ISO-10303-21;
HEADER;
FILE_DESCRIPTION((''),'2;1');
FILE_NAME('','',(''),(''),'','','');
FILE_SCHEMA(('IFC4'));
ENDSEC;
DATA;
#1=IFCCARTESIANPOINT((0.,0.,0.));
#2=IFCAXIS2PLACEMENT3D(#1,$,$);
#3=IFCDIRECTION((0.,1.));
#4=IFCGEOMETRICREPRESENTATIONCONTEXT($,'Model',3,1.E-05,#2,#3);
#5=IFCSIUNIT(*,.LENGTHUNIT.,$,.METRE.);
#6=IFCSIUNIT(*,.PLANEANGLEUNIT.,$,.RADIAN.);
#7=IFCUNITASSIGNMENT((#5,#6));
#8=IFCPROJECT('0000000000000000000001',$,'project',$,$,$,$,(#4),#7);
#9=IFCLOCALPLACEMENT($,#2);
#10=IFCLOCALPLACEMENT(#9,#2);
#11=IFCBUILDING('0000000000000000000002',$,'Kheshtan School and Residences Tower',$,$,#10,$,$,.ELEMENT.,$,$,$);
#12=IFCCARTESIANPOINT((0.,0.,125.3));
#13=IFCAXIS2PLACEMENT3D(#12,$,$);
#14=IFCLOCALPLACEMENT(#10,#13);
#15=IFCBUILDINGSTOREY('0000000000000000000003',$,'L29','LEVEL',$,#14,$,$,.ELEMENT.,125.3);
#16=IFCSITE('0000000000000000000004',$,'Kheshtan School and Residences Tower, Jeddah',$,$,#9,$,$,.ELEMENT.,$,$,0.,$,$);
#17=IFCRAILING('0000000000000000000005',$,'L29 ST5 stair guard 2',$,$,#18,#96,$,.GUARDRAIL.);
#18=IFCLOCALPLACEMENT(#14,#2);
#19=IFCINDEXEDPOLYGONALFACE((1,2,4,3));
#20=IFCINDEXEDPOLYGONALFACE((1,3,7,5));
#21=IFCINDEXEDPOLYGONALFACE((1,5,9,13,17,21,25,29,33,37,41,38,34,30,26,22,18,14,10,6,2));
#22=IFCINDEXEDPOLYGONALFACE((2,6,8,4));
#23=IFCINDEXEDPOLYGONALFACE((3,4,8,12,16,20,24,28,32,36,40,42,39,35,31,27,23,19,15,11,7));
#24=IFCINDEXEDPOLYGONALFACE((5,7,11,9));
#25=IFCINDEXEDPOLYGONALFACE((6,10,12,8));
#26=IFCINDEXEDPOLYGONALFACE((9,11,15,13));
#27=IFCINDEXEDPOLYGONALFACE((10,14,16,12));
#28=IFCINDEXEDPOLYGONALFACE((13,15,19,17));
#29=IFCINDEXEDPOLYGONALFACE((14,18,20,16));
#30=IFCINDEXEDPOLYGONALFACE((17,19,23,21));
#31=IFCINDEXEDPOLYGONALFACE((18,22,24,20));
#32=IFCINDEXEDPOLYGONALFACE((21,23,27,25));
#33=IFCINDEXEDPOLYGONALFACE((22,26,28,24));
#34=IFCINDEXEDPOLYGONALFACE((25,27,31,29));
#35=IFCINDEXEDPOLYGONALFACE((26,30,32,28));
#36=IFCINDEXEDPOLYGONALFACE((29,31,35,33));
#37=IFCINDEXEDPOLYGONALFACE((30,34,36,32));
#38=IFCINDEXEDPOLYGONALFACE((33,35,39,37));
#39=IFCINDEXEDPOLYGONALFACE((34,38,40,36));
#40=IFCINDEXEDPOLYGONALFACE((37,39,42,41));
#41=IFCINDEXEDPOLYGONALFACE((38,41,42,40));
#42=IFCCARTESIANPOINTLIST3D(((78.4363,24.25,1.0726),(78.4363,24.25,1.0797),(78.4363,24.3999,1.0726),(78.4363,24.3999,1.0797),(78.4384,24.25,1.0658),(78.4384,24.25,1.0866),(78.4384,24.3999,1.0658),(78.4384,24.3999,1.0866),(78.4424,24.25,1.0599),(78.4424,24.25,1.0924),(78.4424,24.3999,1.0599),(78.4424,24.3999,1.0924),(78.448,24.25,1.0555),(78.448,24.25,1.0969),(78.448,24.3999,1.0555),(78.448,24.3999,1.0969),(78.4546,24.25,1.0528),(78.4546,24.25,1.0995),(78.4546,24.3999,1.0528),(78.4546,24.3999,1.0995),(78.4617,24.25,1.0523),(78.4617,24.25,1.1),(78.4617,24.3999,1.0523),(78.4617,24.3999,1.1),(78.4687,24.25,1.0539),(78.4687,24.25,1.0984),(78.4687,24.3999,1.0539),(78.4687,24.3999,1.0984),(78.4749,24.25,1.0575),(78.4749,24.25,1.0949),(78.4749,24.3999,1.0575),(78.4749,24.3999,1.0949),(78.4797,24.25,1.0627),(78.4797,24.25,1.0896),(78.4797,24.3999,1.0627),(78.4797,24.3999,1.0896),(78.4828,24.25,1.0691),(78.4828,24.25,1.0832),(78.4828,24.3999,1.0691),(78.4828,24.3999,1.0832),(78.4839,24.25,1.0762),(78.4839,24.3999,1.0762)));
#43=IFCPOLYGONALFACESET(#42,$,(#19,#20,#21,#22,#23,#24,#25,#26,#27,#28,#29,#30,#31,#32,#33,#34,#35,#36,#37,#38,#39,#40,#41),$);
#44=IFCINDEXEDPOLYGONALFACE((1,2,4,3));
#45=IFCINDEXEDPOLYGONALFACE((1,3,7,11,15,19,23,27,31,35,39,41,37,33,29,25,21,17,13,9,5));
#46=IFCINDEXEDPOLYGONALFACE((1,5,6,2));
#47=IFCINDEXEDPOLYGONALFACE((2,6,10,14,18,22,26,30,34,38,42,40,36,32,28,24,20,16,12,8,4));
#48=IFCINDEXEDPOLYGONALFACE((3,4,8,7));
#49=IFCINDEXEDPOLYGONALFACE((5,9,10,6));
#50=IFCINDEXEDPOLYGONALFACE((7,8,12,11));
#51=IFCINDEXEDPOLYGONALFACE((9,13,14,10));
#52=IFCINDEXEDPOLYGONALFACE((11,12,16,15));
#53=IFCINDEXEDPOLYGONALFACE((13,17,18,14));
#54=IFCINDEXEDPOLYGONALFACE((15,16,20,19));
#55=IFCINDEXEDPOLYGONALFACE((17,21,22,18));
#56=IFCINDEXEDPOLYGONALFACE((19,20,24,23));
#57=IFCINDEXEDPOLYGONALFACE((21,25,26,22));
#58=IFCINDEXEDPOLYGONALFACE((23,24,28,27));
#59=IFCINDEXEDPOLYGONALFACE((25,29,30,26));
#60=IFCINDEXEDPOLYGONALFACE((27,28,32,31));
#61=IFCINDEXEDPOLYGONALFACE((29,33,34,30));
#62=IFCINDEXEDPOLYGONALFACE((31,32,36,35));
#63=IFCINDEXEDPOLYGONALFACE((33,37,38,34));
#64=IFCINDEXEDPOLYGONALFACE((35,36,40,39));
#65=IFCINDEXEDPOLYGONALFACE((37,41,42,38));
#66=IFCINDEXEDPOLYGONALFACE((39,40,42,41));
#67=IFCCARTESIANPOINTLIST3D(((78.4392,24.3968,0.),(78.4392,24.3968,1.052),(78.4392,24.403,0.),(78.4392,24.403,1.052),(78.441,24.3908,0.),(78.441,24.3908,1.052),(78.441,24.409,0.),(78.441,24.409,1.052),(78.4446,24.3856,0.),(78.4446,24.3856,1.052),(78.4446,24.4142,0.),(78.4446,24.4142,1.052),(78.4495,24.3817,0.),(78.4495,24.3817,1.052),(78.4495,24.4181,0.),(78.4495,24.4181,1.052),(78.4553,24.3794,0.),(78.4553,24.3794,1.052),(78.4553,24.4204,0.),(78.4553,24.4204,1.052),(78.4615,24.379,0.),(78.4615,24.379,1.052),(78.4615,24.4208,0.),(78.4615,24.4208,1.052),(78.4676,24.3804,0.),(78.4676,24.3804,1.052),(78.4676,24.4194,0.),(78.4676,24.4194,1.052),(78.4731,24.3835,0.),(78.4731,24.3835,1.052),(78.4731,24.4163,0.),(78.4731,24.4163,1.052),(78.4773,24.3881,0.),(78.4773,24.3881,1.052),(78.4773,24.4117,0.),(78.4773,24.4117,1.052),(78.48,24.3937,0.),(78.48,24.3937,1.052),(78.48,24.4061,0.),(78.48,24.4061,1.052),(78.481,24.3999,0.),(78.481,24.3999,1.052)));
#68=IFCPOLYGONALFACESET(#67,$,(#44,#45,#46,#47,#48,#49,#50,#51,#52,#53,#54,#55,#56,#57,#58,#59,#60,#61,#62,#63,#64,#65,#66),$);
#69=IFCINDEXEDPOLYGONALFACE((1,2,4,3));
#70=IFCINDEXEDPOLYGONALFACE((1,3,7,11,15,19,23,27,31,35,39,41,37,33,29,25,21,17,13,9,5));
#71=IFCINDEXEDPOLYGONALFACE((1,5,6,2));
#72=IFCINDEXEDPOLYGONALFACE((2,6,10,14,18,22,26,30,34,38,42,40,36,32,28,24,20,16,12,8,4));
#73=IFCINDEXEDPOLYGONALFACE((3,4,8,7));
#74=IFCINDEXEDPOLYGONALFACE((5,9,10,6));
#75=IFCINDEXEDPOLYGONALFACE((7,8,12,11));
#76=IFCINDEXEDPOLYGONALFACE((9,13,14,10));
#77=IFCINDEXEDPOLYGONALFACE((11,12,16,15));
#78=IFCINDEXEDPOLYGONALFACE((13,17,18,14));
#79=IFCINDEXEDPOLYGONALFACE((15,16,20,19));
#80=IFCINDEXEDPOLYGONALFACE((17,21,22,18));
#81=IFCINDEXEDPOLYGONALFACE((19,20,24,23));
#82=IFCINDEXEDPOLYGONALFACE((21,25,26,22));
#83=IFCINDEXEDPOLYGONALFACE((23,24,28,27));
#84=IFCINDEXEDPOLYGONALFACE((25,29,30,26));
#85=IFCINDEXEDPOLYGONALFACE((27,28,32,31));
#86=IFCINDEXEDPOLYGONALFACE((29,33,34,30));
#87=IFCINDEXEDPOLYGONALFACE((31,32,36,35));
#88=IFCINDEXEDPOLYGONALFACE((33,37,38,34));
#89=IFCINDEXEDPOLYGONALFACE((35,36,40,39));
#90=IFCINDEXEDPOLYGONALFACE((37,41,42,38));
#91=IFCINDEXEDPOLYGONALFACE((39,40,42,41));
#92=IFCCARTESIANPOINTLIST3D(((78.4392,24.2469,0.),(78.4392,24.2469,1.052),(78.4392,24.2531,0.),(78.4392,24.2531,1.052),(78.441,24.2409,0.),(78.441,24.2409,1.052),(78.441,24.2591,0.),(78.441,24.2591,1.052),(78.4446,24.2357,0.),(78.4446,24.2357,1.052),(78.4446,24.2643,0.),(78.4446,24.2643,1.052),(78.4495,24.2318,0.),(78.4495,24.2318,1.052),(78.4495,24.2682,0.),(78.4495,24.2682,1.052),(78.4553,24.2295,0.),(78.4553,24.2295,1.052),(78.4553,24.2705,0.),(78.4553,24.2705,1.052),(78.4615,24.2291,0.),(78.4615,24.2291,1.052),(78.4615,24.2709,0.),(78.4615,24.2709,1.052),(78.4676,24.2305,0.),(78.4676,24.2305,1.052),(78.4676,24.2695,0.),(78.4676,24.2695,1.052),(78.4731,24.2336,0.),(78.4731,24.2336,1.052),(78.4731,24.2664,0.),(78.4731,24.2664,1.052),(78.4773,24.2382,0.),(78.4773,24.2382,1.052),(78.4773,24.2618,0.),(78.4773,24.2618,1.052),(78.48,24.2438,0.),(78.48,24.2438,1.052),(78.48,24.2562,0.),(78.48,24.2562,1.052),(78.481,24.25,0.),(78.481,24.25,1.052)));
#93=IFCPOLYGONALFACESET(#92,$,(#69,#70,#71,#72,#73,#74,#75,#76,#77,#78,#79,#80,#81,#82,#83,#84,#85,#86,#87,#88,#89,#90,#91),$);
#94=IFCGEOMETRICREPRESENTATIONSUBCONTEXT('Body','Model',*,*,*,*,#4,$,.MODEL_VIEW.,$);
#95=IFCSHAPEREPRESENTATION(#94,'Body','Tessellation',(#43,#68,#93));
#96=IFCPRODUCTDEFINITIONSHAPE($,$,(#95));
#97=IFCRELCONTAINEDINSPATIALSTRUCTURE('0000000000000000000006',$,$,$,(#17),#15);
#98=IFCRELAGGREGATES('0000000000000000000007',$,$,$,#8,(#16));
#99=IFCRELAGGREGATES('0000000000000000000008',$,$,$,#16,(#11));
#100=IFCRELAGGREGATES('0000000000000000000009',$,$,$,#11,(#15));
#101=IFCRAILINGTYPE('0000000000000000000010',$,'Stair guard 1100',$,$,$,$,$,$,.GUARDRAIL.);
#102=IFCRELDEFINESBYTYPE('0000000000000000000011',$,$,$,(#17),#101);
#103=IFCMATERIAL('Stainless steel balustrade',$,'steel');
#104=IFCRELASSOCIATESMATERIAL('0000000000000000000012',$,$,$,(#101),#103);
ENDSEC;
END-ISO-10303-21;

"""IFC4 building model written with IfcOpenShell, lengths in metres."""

from ifc_helpers import new_model, si_unit, direction, frame, origin, origin_2d, place, context, subcontext, project, spatial, circle, extrude, material, type_object, element, save


model = new_model("IFC4")

# Units and contexts
model_context = context("Model", 3, precision=1e-05, world=origin(), true_north=direction((0.0, 1.0)))
body_context = subcontext(model_context, "Body", "Model", "MODEL_VIEW")
ifc_project = project(units=[si_unit("LENGTHUNIT", "METRE"), si_unit("PLANEANGLEUNIT", "RADIAN")], contexts=[model_context])

# Site, building, storey
site_placement = place(None, origin())
site = spatial("IfcSite", under=ifc_project, at=site_placement, Name="Kheshtan School and Residences Tower, Jeddah", CompositionType="ELEMENT", RefElevation=0.0)
building_placement = place(site_placement, origin())
building = spatial("IfcBuilding", under=site, at=building_placement, Name="Kheshtan School and Residences Tower", CompositionType="ELEMENT")
storey_placement = place(building_placement, frame((0.0, 0.0, 125.3)))
storey = spatial("IfcBuildingStorey", under=building, at=storey_placement, Name="L29", Description="LEVEL", CompositionType="ELEMENT", Elevation=125.3)

# Railing
ifc_material_1 = material(Name="Stainless steel balustrade", Category="steel")
railing_type_1 = type_object("IfcRailingType", Name="Stair guard 1100", PredefinedType="GUARDRAIL", material=ifc_material_1)
for number, where, name in (
    (1, (78.46, 24.3999, 0.0), "L29 ST5 stair guard 2"),
):
    element("IfcRailing", number, at=place(storey_placement, frame(where)), inside=storey, type_object=railing_type_1, Name=name, PredefinedType="GUARDRAIL", context=body_context, shape_type="SweptSolid", body=[
        extrude(circle(Radius=0.0239, at=origin_2d()), frame((0.0, 0.0, 1.0762), z_axis=(0.0, -1.0, 0.0), x_axis=(1.0, 0.0, 0.0)), (0.0, 0.0, 1.0), 0.1499),
        extrude(circle(Radius=0.021, at=origin_2d()), origin(), (0.0, 0.0, 1.0), 1.052),
        extrude(circle(Radius=0.021, at=origin_2d()), frame((0.0, -0.1499, 0.0)), (0.0, 0.0, 1.0), 1.052),
    ])

save(model, "model.ifc")
